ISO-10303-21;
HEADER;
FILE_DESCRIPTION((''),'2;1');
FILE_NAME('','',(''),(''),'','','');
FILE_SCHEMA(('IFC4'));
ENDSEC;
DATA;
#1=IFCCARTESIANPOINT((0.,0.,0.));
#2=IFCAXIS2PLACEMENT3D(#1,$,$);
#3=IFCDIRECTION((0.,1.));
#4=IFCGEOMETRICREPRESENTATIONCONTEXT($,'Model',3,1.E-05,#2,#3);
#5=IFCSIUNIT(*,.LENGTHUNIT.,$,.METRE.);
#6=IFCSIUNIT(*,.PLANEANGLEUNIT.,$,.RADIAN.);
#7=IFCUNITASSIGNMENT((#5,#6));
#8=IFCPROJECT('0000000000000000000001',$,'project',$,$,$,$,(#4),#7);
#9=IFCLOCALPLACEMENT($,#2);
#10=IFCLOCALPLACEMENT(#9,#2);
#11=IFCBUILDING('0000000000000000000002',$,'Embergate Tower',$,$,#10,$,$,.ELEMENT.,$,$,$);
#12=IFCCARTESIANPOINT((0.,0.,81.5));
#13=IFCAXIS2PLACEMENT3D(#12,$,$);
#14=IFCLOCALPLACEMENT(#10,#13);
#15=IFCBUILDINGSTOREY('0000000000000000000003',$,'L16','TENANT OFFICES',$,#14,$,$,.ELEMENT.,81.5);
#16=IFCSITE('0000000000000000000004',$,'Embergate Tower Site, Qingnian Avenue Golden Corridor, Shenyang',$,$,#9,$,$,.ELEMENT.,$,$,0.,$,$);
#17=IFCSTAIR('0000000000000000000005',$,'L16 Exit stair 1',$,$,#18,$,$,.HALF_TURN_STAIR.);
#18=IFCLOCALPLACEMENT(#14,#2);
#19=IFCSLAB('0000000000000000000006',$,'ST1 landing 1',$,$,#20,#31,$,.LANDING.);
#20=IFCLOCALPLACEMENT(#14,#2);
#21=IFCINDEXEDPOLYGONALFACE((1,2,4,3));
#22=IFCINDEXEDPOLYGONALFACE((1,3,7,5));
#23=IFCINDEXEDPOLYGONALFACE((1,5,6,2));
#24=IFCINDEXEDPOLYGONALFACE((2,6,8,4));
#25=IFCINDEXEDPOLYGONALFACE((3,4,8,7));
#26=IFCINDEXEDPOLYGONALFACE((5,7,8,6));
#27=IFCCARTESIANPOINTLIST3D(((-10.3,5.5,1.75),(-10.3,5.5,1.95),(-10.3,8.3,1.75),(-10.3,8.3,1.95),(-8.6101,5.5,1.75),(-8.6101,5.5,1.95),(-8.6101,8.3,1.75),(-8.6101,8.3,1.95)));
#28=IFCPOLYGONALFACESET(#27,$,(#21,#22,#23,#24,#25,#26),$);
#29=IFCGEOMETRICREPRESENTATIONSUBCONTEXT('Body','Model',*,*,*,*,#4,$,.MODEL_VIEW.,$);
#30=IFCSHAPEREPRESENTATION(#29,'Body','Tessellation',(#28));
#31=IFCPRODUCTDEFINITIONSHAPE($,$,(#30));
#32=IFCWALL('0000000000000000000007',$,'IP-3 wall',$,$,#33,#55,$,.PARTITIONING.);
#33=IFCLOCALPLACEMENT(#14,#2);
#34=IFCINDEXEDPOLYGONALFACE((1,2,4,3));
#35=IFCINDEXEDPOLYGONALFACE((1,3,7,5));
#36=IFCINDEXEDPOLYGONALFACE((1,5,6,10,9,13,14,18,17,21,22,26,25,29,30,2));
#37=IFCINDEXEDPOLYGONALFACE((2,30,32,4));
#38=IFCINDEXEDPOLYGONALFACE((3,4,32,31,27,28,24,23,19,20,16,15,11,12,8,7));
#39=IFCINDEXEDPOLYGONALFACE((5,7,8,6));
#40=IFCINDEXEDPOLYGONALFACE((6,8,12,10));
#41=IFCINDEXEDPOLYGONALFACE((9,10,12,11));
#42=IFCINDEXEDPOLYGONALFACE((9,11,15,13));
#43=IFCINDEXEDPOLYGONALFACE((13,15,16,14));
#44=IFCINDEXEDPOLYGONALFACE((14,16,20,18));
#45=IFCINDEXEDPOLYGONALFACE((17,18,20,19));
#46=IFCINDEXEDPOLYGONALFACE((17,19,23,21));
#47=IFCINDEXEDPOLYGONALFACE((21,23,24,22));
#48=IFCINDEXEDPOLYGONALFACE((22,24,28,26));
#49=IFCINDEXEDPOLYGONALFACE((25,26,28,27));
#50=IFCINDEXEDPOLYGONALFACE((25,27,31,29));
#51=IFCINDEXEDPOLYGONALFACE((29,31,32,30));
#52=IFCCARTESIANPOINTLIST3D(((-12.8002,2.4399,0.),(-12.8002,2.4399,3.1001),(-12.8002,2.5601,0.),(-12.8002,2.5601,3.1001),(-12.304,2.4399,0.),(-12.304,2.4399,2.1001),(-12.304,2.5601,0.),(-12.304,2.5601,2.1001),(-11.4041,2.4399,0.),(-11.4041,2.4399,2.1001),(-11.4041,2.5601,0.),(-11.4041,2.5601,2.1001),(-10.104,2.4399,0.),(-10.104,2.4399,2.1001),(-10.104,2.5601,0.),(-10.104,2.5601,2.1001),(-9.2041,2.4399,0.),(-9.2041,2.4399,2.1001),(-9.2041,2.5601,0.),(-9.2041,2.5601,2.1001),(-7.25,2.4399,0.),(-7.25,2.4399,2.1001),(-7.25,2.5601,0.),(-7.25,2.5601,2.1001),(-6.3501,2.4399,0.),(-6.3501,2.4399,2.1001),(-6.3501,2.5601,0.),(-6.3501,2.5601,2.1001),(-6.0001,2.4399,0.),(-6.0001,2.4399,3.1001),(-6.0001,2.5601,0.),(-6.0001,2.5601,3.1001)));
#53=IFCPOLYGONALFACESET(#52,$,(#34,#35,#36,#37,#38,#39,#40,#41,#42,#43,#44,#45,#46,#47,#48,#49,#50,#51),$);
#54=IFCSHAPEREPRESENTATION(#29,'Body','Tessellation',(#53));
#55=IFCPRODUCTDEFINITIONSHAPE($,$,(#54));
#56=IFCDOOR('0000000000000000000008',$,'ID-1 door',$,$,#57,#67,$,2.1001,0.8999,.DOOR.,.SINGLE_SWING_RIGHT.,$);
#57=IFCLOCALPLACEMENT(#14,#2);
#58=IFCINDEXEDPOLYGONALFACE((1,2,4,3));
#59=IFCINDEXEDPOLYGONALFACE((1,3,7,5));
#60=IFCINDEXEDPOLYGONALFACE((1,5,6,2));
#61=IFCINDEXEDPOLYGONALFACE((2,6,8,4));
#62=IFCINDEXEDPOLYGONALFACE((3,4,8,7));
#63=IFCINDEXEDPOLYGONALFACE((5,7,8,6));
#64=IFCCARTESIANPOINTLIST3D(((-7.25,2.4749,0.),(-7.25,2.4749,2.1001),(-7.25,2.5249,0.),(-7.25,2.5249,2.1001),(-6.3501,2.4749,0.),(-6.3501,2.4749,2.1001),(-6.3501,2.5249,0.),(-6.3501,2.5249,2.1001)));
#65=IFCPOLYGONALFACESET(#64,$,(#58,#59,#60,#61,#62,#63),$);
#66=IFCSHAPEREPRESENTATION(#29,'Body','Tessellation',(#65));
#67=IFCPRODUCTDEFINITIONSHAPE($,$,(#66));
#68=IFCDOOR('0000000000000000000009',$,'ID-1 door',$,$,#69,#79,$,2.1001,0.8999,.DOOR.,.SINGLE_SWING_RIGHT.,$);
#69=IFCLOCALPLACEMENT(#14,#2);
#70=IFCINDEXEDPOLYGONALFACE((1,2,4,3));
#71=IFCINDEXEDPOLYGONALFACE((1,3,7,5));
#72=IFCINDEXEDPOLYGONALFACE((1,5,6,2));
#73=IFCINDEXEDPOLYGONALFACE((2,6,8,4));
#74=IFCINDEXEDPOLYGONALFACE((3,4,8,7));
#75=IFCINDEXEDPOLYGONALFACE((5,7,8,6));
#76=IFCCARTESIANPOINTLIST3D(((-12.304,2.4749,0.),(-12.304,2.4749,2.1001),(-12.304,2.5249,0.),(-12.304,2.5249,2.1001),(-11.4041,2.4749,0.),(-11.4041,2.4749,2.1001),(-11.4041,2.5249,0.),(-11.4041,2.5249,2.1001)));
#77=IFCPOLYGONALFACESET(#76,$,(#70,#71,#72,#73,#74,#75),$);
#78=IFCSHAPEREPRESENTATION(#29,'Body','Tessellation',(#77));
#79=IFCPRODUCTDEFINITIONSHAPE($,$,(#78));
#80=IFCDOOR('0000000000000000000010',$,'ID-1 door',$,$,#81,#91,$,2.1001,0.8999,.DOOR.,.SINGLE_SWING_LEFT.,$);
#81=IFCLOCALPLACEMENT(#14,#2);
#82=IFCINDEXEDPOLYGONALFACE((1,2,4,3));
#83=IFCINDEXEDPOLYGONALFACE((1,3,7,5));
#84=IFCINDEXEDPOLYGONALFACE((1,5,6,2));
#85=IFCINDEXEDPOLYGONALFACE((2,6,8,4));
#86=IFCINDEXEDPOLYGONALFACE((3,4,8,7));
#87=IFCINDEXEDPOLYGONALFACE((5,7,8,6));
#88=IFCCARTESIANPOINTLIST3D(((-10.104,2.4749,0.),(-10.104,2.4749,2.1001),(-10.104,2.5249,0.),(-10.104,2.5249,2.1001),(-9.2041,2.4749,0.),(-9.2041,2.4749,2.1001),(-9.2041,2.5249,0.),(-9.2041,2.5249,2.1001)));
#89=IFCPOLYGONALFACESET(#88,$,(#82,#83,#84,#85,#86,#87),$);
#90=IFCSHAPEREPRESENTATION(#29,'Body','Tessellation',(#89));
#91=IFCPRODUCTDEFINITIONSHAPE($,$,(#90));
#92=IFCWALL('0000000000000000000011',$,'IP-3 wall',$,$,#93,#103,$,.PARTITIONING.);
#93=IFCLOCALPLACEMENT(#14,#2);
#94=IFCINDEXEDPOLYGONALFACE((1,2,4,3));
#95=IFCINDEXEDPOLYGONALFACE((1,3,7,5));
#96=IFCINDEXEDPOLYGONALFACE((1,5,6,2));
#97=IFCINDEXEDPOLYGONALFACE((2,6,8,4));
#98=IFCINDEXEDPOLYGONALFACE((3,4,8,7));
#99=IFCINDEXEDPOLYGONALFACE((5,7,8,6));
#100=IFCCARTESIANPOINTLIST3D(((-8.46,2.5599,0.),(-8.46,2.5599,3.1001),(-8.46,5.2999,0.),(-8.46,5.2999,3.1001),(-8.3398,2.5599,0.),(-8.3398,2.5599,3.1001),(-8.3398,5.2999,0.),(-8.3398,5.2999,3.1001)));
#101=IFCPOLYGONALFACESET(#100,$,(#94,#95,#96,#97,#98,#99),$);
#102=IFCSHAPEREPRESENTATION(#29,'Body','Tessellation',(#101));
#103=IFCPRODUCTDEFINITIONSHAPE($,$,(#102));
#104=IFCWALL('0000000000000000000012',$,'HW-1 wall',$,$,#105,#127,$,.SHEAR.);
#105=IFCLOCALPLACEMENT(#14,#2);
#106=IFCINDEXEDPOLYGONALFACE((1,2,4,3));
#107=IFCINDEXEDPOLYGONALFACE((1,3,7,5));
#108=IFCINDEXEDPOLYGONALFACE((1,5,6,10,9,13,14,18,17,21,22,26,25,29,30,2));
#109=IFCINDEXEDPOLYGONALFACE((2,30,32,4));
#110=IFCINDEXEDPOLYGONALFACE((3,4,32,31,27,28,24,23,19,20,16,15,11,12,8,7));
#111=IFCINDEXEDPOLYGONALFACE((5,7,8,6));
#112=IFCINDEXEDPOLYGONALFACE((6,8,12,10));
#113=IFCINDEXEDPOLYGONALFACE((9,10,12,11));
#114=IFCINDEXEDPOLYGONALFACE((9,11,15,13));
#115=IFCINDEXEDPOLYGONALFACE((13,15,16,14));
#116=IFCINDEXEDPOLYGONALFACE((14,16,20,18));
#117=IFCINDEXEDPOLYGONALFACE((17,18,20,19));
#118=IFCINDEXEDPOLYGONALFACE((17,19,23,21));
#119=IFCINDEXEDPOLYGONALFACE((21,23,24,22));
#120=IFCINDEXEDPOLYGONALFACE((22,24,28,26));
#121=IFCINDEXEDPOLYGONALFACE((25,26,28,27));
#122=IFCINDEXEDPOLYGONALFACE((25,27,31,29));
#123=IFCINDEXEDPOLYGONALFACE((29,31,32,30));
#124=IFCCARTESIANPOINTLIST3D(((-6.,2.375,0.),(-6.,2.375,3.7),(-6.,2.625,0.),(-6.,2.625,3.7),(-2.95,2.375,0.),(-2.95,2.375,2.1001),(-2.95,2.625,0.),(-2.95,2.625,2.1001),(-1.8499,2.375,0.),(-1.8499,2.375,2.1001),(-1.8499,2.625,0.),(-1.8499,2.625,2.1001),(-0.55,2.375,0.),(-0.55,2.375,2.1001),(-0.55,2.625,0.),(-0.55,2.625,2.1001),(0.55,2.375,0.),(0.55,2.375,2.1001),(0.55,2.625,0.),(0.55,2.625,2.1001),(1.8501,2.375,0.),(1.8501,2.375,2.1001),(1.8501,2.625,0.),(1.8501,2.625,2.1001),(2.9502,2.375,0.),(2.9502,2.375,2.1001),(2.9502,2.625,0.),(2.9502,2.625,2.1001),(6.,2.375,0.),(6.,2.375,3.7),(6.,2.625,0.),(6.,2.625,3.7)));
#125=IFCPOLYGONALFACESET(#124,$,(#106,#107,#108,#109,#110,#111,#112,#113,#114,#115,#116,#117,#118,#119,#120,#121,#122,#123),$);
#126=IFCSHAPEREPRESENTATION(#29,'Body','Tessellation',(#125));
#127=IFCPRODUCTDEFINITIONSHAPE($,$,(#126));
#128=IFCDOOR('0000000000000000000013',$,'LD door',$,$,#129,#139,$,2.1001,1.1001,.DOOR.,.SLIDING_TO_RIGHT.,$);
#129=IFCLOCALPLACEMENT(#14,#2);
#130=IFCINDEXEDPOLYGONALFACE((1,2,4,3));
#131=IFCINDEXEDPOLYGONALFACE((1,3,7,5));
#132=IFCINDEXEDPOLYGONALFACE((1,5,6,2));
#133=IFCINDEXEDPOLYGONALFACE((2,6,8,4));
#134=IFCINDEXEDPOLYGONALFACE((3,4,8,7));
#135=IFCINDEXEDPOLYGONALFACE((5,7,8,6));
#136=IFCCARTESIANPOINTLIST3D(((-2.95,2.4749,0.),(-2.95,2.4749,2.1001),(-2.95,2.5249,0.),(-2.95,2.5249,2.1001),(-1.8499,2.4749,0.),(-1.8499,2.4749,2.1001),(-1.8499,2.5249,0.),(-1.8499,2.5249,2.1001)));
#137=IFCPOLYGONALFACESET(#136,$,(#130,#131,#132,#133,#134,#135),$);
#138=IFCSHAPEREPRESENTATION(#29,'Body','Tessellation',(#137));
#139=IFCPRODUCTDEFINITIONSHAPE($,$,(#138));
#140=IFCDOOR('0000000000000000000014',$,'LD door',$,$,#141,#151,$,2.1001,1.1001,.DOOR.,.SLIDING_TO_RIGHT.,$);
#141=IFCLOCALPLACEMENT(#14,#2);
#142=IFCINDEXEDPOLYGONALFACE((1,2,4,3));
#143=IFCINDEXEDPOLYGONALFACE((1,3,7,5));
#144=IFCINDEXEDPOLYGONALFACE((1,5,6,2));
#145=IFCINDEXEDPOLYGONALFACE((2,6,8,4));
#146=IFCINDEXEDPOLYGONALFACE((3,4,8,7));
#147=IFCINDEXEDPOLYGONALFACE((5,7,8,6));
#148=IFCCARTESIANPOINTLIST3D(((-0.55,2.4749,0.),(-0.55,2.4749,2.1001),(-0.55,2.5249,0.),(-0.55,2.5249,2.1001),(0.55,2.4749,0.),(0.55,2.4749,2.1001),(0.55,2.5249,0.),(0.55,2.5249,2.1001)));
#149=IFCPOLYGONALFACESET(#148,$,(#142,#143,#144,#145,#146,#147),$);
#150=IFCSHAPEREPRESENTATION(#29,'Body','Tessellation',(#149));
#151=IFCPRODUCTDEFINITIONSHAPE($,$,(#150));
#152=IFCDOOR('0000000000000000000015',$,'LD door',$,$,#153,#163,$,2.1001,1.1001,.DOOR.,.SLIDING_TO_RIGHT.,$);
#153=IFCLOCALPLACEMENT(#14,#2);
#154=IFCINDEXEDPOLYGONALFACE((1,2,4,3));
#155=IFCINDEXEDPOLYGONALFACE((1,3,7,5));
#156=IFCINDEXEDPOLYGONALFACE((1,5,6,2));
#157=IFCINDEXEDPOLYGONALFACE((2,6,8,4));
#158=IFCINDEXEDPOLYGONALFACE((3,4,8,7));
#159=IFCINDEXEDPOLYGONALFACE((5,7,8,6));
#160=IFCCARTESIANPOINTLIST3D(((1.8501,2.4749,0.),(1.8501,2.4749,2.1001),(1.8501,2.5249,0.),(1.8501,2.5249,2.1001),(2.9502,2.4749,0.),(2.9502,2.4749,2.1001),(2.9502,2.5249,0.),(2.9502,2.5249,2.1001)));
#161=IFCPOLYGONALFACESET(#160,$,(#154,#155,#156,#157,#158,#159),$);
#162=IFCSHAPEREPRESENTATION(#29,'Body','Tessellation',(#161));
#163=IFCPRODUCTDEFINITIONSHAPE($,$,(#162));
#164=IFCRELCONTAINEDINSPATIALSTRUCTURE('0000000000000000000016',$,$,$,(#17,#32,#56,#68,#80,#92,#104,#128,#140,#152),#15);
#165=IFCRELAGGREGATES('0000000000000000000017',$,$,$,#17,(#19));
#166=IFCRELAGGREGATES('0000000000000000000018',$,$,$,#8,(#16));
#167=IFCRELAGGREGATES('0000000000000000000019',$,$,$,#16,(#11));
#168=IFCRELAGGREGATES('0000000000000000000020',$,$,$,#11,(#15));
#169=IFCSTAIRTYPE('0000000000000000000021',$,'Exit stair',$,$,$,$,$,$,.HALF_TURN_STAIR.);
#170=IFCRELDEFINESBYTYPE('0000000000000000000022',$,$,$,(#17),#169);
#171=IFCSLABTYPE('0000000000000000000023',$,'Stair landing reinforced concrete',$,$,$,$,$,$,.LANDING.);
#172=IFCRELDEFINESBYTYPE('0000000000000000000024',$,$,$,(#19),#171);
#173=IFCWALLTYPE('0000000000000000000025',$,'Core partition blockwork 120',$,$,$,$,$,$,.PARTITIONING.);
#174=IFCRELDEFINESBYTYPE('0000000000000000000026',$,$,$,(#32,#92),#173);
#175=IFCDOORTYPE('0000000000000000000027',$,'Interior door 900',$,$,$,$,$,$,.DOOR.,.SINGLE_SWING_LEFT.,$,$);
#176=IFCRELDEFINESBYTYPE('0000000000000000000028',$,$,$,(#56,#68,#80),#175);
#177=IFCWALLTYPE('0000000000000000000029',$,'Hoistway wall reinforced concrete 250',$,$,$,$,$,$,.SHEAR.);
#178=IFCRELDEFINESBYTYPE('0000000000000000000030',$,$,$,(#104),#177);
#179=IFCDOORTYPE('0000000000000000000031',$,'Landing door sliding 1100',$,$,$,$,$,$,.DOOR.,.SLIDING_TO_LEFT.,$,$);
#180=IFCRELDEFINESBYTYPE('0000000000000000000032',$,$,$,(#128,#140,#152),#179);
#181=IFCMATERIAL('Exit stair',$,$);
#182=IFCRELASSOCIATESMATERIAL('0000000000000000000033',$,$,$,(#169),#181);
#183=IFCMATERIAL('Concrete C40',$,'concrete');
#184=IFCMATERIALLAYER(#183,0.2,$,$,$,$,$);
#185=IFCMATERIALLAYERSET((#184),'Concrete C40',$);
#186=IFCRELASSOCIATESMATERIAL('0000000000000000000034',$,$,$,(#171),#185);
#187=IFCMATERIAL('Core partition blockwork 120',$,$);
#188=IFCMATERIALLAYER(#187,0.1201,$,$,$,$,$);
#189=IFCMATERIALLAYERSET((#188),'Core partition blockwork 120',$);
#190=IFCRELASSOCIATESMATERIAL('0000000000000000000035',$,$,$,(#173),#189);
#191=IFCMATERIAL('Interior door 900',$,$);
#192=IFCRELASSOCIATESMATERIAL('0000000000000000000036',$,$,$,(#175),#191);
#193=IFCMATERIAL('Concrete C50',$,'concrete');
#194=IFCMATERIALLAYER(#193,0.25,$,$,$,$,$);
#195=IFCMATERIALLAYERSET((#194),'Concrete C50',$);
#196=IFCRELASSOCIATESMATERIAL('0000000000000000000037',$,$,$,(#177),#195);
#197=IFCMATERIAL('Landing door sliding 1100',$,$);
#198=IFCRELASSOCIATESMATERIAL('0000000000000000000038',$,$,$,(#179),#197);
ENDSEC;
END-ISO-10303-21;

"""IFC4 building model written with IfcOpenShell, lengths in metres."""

from ifc_helpers import new_model, si_unit, direction, frame, frame_2d, origin, place, context, subcontext, project, spatial, polyline, rectangle, outline, extrude, source, transform, mapped, material, layer, layer_set, type_object, element, fill, aggregate, save


model = new_model("IFC4")

# Units and contexts
model_context = context("Model", 3, precision=1e-05, world=origin(), true_north=direction((0.0, 1.0)))
body_context = subcontext(model_context, "Body", "Model", "MODEL_VIEW")
ifc_project = project(units=[si_unit("LENGTHUNIT", "METRE"), si_unit("PLANEANGLEUNIT", "RADIAN")], contexts=[model_context])

# Site, building, storey
site_placement = place(None, origin())
site = spatial("IfcSite", under=ifc_project, at=site_placement, Name="Embergate Tower Site, Qingnian Avenue Golden Corridor, Shenyang", CompositionType="ELEMENT", RefElevation=0.0)
building_placement = place(site_placement, origin())
building = spatial("IfcBuilding", under=site, at=building_placement, Name="Embergate Tower", CompositionType="ELEMENT")
storey_placement = place(building_placement, frame((0.0, 0.0, 81.5)))
storey = spatial("IfcBuildingStorey", under=building, at=storey_placement, Name="L16", Description="TENANT OFFICES", CompositionType="ELEMENT", Elevation=81.5)

# Stair, slab
ifc_material_1 = material(Name="Exit stair")
stair_type = type_object("IfcStairType", Name="Exit stair", PredefinedType="HALF_TURN_STAIR", material=ifc_material_1)
stair_placement = place(storey_placement, origin())
stair = element("IfcStair", 1, at=stair_placement, inside=storey, type_object=stair_type, Name="L16 Exit stair 1", PredefinedType="HALF_TURN_STAIR")
ifc_material_2 = material(Name="Concrete C40", Category="concrete")
ifc_layer_1 = layer(ifc_material_2, 0.2)
ifc_layer_set_1 = layer_set([ifc_layer_1], Name="Concrete C40")
slab_type = type_object("IfcSlabType", Name="Stair landing reinforced concrete", PredefinedType="LANDING", material=ifc_layer_set_1)
shared_shape_1 = source(origin(), body_context, "Body", "SweptSolid", [
    extrude(outline(polyline([(0.0, 0.0), (1.6899, 0.0), (1.6899, 2.8), (0.0, 2.8), (0.0, 0.0)])), origin(), (0.0, 0.0, 1.0), 0.2),
])
slab_placement = place(storey_placement, frame((-10.3, 5.5, 1.75)))
slab = element("IfcSlab", 2, at=slab_placement, type_object=slab_type, Name="ST1 landing 1", PredefinedType="LANDING", context=body_context, shape_type="MappedRepresentation", body=[
    mapped(shared_shape_1, transform((0.0, 0.0, 0.0))),
])

# Wall, openings, doors
ifc_material_3 = material(Name="Core partition blockwork 120")
ifc_layer_2 = layer(ifc_material_3, 0.1201)
ifc_layer_set_2 = layer_set([ifc_layer_2], Name="Core partition blockwork 120")
wall_type_1 = type_object("IfcWallType", Name="Core partition blockwork 120", PredefinedType="PARTITIONING", material=ifc_layer_set_2)
shared_shape_2 = source(origin(), body_context, "Body", "SweptSolid", [
    extrude(rectangle(XDim=6.8, YDim=0.1201, at=frame_2d((3.3999, 0.0))), origin(), (0.0, 0.0, 1.0), 3.1001),
])
wall_1_placement = place(storey_placement, frame((-12.8, 2.5, 0.0), z_axis=(0.0, 0.0, 1.0), x_axis=(1.0, 0.0, 0.0)))
wall_1 = element("IfcWall", 3, at=wall_1_placement, inside=storey, type_object=wall_type_1, Name="IP-3 wall", PredefinedType="PARTITIONING", context=body_context, shape_type="MappedRepresentation", body=[
    mapped(shared_shape_2, transform((0.0, 0.0, 0.0))),
])
shared_shape_3 = source(origin(), body_context, "Body", "SweptSolid", [
    extrude(rectangle(XDim=0.8999, YDim=2.1001, at=frame_2d((0.45, 1.05))), frame((0.0, 0.0701, 0.0), z_axis=(0.0, -1.0, 0.0), x_axis=(1.0, 0.0, 0.0)), (0.0, 0.0, 1.0), 0.1401),
])
opening_1_placement = place(wall_1_placement, frame((5.55, 0.0, 0.0)))
opening_1 = element("IfcOpeningElement", 4, at=opening_1_placement, cuts=wall_1, PredefinedType="OPENING", context=body_context, shape_type="MappedRepresentation", body=[
    mapped(shared_shape_3, transform((0.0, 0.0, 0.0))),
])
opening_2_placement = place(wall_1_placement, frame((0.4961, 0.0, 0.0)))
opening_2 = element("IfcOpeningElement", 5, at=opening_2_placement, cuts=wall_1, PredefinedType="OPENING", context=body_context, shape_type="MappedRepresentation", body=[
    mapped(shared_shape_3, transform((0.0, 0.0, 0.0))),
])
opening_3_placement = place(wall_1_placement, frame((2.696, 0.0, 0.0)))
opening_3 = element("IfcOpeningElement", 6, at=opening_3_placement, cuts=wall_1, PredefinedType="OPENING", context=body_context, shape_type="MappedRepresentation", body=[
    mapped(shared_shape_3, transform((0.0, 0.0, 0.0))),
])
ifc_material_4 = material(Name="Interior door 900")
door_type_1 = type_object("IfcDoorType", Name="Interior door 900", OperationType="SINGLE_SWING_LEFT", PredefinedType="DOOR", material=ifc_material_4)
shared_shape_4 = source(origin(), body_context, "Body", "SweptSolid", [
    extrude(rectangle(XDim=0.8999, YDim=2.1001, at=frame_2d((0.45, 1.05))), frame((0.0, 0.0249, 0.0), z_axis=(0.0, -1.0, 0.0), x_axis=(1.0, 0.0, 0.0)), (0.0, 0.0, 1.0), 0.05),
])
door_1_placement = place(opening_1_placement, origin())
door_1 = element("IfcDoor", 7, at=door_1_placement, inside=storey, type_object=door_type_1, Name="ID-1 door", OperationType="SINGLE_SWING_RIGHT", OverallHeight=2.1001, OverallWidth=0.8999, PredefinedType="DOOR", context=body_context, shape_type="MappedRepresentation", body=[
    mapped(shared_shape_4, transform((0.0, 0.0, 0.0))),
])
fill(opening_1, door_1)
door_2_placement = place(opening_2_placement, origin())
door_2 = element("IfcDoor", 8, at=door_2_placement, inside=storey, type_object=door_type_1, Name="ID-1 door", OperationType="SINGLE_SWING_RIGHT", OverallHeight=2.1001, OverallWidth=0.8999, PredefinedType="DOOR", context=body_context, shape_type="MappedRepresentation", body=[
    mapped(shared_shape_4, transform((0.0, 0.0, 0.0))),
])
fill(opening_2, door_2)
door_3_placement = place(opening_3_placement, origin())
door_3 = element("IfcDoor", 9, at=door_3_placement, inside=storey, type_object=door_type_1, Name="ID-1 door", OperationType="SINGLE_SWING_LEFT", OverallHeight=2.1001, OverallWidth=0.8999, PredefinedType="DOOR", context=body_context, shape_type="MappedRepresentation", body=[
    mapped(shared_shape_4, transform((0.0, 0.0, 0.0))),
])
fill(opening_3, door_3)

# Wall
shared_shape_5 = source(origin(), body_context, "Body", "SweptSolid", [
    extrude(rectangle(XDim=2.74, YDim=0.1201, at=frame_2d((1.3701, 0.0))), origin(), (0.0, 0.0, 1.0), 3.1001),
])
wall_2_placement = place(storey_placement, frame((-8.3999, 5.3, 0.0), z_axis=(0.0, 0.0, 1.0), x_axis=(0.0, -1.0, 0.0)))
element("IfcWall", 10, at=wall_2_placement, inside=storey, type_object=wall_type_1, Name="IP-3 wall", PredefinedType="PARTITIONING", context=body_context, shape_type="MappedRepresentation", body=[
    mapped(shared_shape_5, transform((0.0, 0.0, 0.0))),
])

# Wall, openings, doors
ifc_material_5 = material(Name="Concrete C50", Category="concrete")
ifc_layer_3 = layer(ifc_material_5, 0.25)
ifc_layer_set_3 = layer_set([ifc_layer_3], Name="Concrete C50")
wall_type_2 = type_object("IfcWallType", Name="Hoistway wall reinforced concrete 250", PredefinedType="SHEAR", material=ifc_layer_set_3)
shared_shape_6 = source(origin(), body_context, "Body", "SweptSolid", [
    extrude(rectangle(XDim=12.0, YDim=0.25, at=frame_2d((6.0, 0.0))), origin(), (0.0, 0.0, 1.0), 3.7),
])
wall_3_placement = place(storey_placement, frame((-6.0, 2.5, 0.0), z_axis=(0.0, 0.0, 1.0), x_axis=(1.0, 0.0, 0.0)))
wall_3 = element("IfcWall", 11, at=wall_3_placement, inside=storey, type_object=wall_type_2, Name="HW-1 wall", PredefinedType="SHEAR", context=body_context, shape_type="MappedRepresentation", body=[
    mapped(shared_shape_6, transform((0.0, 0.0, 0.0))),
])
shared_shape_7 = source(origin(), body_context, "Body", "SweptSolid", [
    extrude(rectangle(XDim=1.1001, YDim=2.1001, at=frame_2d((0.55, 1.05))), frame((0.0, 0.135, 0.0), z_axis=(0.0, -1.0, 0.0), x_axis=(1.0, 0.0, 0.0)), (0.0, 0.0, 1.0), 0.27),
])
opening_4_placement = place(wall_3_placement, frame((3.05, 0.0, 0.0)))
opening_4 = element("IfcOpeningElement", 12, at=opening_4_placement, cuts=wall_3, PredefinedType="OPENING", context=body_context, shape_type="MappedRepresentation", body=[
    mapped(shared_shape_7, transform((0.0, 0.0, 0.0))),
])
opening_5_placement = place(wall_3_placement, frame((5.45, 0.0, 0.0)))
opening_5 = element("IfcOpeningElement", 13, at=opening_5_placement, cuts=wall_3, PredefinedType="OPENING", context=body_context, shape_type="MappedRepresentation", body=[
    mapped(shared_shape_7, transform((0.0, 0.0, 0.0))),
])
opening_6_placement = place(wall_3_placement, frame((7.8501, 0.0, 0.0)))
opening_6 = element("IfcOpeningElement", 14, at=opening_6_placement, cuts=wall_3, PredefinedType="OPENING", context=body_context, shape_type="MappedRepresentation", body=[
    mapped(shared_shape_7, transform((0.0, 0.0, 0.0))),
])
ifc_material_6 = material(Name="Landing door sliding 1100")
door_type_2 = type_object("IfcDoorType", Name="Landing door sliding 1100", OperationType="SLIDING_TO_LEFT", PredefinedType="DOOR", material=ifc_material_6)
shared_shape_8 = source(origin(), body_context, "Body", "SweptSolid", [
    extrude(rectangle(XDim=1.1001, YDim=2.1001, at=frame_2d((0.55, 1.05))), frame((0.0, 0.0249, 0.0), z_axis=(0.0, -1.0, 0.0), x_axis=(1.0, 0.0, 0.0)), (0.0, 0.0, 1.0), 0.05),
])
door_4_placement = place(opening_4_placement, origin())
door_4 = element("IfcDoor", 15, at=door_4_placement, inside=storey, type_object=door_type_2, Name="LD door", OperationType="SLIDING_TO_RIGHT", OverallHeight=2.1001, OverallWidth=1.1001, PredefinedType="DOOR", context=body_context, shape_type="MappedRepresentation", body=[
    mapped(shared_shape_8, transform((0.0, 0.0, 0.0))),
])
fill(opening_4, door_4)
door_5_placement = place(opening_5_placement, origin())
door_5 = element("IfcDoor", 16, at=door_5_placement, inside=storey, type_object=door_type_2, Name="LD door", OperationType="SLIDING_TO_RIGHT", OverallHeight=2.1001, OverallWidth=1.1001, PredefinedType="DOOR", context=body_context, shape_type="MappedRepresentation", body=[
    mapped(shared_shape_8, transform((0.0, 0.0, 0.0))),
])
fill(opening_5, door_5)
door_6_placement = place(opening_6_placement, origin())
door_6 = element("IfcDoor", 17, at=door_6_placement, inside=storey, type_object=door_type_2, Name="LD door", OperationType="SLIDING_TO_RIGHT", OverallHeight=2.1001, OverallWidth=1.1001, PredefinedType="DOOR", context=body_context, shape_type="MappedRepresentation", body=[
    mapped(shared_shape_8, transform((0.0, 0.0, 0.0))),
])
fill(opening_6, door_6)

aggregate(stair, [slab])

save(model, "model.ifc")
